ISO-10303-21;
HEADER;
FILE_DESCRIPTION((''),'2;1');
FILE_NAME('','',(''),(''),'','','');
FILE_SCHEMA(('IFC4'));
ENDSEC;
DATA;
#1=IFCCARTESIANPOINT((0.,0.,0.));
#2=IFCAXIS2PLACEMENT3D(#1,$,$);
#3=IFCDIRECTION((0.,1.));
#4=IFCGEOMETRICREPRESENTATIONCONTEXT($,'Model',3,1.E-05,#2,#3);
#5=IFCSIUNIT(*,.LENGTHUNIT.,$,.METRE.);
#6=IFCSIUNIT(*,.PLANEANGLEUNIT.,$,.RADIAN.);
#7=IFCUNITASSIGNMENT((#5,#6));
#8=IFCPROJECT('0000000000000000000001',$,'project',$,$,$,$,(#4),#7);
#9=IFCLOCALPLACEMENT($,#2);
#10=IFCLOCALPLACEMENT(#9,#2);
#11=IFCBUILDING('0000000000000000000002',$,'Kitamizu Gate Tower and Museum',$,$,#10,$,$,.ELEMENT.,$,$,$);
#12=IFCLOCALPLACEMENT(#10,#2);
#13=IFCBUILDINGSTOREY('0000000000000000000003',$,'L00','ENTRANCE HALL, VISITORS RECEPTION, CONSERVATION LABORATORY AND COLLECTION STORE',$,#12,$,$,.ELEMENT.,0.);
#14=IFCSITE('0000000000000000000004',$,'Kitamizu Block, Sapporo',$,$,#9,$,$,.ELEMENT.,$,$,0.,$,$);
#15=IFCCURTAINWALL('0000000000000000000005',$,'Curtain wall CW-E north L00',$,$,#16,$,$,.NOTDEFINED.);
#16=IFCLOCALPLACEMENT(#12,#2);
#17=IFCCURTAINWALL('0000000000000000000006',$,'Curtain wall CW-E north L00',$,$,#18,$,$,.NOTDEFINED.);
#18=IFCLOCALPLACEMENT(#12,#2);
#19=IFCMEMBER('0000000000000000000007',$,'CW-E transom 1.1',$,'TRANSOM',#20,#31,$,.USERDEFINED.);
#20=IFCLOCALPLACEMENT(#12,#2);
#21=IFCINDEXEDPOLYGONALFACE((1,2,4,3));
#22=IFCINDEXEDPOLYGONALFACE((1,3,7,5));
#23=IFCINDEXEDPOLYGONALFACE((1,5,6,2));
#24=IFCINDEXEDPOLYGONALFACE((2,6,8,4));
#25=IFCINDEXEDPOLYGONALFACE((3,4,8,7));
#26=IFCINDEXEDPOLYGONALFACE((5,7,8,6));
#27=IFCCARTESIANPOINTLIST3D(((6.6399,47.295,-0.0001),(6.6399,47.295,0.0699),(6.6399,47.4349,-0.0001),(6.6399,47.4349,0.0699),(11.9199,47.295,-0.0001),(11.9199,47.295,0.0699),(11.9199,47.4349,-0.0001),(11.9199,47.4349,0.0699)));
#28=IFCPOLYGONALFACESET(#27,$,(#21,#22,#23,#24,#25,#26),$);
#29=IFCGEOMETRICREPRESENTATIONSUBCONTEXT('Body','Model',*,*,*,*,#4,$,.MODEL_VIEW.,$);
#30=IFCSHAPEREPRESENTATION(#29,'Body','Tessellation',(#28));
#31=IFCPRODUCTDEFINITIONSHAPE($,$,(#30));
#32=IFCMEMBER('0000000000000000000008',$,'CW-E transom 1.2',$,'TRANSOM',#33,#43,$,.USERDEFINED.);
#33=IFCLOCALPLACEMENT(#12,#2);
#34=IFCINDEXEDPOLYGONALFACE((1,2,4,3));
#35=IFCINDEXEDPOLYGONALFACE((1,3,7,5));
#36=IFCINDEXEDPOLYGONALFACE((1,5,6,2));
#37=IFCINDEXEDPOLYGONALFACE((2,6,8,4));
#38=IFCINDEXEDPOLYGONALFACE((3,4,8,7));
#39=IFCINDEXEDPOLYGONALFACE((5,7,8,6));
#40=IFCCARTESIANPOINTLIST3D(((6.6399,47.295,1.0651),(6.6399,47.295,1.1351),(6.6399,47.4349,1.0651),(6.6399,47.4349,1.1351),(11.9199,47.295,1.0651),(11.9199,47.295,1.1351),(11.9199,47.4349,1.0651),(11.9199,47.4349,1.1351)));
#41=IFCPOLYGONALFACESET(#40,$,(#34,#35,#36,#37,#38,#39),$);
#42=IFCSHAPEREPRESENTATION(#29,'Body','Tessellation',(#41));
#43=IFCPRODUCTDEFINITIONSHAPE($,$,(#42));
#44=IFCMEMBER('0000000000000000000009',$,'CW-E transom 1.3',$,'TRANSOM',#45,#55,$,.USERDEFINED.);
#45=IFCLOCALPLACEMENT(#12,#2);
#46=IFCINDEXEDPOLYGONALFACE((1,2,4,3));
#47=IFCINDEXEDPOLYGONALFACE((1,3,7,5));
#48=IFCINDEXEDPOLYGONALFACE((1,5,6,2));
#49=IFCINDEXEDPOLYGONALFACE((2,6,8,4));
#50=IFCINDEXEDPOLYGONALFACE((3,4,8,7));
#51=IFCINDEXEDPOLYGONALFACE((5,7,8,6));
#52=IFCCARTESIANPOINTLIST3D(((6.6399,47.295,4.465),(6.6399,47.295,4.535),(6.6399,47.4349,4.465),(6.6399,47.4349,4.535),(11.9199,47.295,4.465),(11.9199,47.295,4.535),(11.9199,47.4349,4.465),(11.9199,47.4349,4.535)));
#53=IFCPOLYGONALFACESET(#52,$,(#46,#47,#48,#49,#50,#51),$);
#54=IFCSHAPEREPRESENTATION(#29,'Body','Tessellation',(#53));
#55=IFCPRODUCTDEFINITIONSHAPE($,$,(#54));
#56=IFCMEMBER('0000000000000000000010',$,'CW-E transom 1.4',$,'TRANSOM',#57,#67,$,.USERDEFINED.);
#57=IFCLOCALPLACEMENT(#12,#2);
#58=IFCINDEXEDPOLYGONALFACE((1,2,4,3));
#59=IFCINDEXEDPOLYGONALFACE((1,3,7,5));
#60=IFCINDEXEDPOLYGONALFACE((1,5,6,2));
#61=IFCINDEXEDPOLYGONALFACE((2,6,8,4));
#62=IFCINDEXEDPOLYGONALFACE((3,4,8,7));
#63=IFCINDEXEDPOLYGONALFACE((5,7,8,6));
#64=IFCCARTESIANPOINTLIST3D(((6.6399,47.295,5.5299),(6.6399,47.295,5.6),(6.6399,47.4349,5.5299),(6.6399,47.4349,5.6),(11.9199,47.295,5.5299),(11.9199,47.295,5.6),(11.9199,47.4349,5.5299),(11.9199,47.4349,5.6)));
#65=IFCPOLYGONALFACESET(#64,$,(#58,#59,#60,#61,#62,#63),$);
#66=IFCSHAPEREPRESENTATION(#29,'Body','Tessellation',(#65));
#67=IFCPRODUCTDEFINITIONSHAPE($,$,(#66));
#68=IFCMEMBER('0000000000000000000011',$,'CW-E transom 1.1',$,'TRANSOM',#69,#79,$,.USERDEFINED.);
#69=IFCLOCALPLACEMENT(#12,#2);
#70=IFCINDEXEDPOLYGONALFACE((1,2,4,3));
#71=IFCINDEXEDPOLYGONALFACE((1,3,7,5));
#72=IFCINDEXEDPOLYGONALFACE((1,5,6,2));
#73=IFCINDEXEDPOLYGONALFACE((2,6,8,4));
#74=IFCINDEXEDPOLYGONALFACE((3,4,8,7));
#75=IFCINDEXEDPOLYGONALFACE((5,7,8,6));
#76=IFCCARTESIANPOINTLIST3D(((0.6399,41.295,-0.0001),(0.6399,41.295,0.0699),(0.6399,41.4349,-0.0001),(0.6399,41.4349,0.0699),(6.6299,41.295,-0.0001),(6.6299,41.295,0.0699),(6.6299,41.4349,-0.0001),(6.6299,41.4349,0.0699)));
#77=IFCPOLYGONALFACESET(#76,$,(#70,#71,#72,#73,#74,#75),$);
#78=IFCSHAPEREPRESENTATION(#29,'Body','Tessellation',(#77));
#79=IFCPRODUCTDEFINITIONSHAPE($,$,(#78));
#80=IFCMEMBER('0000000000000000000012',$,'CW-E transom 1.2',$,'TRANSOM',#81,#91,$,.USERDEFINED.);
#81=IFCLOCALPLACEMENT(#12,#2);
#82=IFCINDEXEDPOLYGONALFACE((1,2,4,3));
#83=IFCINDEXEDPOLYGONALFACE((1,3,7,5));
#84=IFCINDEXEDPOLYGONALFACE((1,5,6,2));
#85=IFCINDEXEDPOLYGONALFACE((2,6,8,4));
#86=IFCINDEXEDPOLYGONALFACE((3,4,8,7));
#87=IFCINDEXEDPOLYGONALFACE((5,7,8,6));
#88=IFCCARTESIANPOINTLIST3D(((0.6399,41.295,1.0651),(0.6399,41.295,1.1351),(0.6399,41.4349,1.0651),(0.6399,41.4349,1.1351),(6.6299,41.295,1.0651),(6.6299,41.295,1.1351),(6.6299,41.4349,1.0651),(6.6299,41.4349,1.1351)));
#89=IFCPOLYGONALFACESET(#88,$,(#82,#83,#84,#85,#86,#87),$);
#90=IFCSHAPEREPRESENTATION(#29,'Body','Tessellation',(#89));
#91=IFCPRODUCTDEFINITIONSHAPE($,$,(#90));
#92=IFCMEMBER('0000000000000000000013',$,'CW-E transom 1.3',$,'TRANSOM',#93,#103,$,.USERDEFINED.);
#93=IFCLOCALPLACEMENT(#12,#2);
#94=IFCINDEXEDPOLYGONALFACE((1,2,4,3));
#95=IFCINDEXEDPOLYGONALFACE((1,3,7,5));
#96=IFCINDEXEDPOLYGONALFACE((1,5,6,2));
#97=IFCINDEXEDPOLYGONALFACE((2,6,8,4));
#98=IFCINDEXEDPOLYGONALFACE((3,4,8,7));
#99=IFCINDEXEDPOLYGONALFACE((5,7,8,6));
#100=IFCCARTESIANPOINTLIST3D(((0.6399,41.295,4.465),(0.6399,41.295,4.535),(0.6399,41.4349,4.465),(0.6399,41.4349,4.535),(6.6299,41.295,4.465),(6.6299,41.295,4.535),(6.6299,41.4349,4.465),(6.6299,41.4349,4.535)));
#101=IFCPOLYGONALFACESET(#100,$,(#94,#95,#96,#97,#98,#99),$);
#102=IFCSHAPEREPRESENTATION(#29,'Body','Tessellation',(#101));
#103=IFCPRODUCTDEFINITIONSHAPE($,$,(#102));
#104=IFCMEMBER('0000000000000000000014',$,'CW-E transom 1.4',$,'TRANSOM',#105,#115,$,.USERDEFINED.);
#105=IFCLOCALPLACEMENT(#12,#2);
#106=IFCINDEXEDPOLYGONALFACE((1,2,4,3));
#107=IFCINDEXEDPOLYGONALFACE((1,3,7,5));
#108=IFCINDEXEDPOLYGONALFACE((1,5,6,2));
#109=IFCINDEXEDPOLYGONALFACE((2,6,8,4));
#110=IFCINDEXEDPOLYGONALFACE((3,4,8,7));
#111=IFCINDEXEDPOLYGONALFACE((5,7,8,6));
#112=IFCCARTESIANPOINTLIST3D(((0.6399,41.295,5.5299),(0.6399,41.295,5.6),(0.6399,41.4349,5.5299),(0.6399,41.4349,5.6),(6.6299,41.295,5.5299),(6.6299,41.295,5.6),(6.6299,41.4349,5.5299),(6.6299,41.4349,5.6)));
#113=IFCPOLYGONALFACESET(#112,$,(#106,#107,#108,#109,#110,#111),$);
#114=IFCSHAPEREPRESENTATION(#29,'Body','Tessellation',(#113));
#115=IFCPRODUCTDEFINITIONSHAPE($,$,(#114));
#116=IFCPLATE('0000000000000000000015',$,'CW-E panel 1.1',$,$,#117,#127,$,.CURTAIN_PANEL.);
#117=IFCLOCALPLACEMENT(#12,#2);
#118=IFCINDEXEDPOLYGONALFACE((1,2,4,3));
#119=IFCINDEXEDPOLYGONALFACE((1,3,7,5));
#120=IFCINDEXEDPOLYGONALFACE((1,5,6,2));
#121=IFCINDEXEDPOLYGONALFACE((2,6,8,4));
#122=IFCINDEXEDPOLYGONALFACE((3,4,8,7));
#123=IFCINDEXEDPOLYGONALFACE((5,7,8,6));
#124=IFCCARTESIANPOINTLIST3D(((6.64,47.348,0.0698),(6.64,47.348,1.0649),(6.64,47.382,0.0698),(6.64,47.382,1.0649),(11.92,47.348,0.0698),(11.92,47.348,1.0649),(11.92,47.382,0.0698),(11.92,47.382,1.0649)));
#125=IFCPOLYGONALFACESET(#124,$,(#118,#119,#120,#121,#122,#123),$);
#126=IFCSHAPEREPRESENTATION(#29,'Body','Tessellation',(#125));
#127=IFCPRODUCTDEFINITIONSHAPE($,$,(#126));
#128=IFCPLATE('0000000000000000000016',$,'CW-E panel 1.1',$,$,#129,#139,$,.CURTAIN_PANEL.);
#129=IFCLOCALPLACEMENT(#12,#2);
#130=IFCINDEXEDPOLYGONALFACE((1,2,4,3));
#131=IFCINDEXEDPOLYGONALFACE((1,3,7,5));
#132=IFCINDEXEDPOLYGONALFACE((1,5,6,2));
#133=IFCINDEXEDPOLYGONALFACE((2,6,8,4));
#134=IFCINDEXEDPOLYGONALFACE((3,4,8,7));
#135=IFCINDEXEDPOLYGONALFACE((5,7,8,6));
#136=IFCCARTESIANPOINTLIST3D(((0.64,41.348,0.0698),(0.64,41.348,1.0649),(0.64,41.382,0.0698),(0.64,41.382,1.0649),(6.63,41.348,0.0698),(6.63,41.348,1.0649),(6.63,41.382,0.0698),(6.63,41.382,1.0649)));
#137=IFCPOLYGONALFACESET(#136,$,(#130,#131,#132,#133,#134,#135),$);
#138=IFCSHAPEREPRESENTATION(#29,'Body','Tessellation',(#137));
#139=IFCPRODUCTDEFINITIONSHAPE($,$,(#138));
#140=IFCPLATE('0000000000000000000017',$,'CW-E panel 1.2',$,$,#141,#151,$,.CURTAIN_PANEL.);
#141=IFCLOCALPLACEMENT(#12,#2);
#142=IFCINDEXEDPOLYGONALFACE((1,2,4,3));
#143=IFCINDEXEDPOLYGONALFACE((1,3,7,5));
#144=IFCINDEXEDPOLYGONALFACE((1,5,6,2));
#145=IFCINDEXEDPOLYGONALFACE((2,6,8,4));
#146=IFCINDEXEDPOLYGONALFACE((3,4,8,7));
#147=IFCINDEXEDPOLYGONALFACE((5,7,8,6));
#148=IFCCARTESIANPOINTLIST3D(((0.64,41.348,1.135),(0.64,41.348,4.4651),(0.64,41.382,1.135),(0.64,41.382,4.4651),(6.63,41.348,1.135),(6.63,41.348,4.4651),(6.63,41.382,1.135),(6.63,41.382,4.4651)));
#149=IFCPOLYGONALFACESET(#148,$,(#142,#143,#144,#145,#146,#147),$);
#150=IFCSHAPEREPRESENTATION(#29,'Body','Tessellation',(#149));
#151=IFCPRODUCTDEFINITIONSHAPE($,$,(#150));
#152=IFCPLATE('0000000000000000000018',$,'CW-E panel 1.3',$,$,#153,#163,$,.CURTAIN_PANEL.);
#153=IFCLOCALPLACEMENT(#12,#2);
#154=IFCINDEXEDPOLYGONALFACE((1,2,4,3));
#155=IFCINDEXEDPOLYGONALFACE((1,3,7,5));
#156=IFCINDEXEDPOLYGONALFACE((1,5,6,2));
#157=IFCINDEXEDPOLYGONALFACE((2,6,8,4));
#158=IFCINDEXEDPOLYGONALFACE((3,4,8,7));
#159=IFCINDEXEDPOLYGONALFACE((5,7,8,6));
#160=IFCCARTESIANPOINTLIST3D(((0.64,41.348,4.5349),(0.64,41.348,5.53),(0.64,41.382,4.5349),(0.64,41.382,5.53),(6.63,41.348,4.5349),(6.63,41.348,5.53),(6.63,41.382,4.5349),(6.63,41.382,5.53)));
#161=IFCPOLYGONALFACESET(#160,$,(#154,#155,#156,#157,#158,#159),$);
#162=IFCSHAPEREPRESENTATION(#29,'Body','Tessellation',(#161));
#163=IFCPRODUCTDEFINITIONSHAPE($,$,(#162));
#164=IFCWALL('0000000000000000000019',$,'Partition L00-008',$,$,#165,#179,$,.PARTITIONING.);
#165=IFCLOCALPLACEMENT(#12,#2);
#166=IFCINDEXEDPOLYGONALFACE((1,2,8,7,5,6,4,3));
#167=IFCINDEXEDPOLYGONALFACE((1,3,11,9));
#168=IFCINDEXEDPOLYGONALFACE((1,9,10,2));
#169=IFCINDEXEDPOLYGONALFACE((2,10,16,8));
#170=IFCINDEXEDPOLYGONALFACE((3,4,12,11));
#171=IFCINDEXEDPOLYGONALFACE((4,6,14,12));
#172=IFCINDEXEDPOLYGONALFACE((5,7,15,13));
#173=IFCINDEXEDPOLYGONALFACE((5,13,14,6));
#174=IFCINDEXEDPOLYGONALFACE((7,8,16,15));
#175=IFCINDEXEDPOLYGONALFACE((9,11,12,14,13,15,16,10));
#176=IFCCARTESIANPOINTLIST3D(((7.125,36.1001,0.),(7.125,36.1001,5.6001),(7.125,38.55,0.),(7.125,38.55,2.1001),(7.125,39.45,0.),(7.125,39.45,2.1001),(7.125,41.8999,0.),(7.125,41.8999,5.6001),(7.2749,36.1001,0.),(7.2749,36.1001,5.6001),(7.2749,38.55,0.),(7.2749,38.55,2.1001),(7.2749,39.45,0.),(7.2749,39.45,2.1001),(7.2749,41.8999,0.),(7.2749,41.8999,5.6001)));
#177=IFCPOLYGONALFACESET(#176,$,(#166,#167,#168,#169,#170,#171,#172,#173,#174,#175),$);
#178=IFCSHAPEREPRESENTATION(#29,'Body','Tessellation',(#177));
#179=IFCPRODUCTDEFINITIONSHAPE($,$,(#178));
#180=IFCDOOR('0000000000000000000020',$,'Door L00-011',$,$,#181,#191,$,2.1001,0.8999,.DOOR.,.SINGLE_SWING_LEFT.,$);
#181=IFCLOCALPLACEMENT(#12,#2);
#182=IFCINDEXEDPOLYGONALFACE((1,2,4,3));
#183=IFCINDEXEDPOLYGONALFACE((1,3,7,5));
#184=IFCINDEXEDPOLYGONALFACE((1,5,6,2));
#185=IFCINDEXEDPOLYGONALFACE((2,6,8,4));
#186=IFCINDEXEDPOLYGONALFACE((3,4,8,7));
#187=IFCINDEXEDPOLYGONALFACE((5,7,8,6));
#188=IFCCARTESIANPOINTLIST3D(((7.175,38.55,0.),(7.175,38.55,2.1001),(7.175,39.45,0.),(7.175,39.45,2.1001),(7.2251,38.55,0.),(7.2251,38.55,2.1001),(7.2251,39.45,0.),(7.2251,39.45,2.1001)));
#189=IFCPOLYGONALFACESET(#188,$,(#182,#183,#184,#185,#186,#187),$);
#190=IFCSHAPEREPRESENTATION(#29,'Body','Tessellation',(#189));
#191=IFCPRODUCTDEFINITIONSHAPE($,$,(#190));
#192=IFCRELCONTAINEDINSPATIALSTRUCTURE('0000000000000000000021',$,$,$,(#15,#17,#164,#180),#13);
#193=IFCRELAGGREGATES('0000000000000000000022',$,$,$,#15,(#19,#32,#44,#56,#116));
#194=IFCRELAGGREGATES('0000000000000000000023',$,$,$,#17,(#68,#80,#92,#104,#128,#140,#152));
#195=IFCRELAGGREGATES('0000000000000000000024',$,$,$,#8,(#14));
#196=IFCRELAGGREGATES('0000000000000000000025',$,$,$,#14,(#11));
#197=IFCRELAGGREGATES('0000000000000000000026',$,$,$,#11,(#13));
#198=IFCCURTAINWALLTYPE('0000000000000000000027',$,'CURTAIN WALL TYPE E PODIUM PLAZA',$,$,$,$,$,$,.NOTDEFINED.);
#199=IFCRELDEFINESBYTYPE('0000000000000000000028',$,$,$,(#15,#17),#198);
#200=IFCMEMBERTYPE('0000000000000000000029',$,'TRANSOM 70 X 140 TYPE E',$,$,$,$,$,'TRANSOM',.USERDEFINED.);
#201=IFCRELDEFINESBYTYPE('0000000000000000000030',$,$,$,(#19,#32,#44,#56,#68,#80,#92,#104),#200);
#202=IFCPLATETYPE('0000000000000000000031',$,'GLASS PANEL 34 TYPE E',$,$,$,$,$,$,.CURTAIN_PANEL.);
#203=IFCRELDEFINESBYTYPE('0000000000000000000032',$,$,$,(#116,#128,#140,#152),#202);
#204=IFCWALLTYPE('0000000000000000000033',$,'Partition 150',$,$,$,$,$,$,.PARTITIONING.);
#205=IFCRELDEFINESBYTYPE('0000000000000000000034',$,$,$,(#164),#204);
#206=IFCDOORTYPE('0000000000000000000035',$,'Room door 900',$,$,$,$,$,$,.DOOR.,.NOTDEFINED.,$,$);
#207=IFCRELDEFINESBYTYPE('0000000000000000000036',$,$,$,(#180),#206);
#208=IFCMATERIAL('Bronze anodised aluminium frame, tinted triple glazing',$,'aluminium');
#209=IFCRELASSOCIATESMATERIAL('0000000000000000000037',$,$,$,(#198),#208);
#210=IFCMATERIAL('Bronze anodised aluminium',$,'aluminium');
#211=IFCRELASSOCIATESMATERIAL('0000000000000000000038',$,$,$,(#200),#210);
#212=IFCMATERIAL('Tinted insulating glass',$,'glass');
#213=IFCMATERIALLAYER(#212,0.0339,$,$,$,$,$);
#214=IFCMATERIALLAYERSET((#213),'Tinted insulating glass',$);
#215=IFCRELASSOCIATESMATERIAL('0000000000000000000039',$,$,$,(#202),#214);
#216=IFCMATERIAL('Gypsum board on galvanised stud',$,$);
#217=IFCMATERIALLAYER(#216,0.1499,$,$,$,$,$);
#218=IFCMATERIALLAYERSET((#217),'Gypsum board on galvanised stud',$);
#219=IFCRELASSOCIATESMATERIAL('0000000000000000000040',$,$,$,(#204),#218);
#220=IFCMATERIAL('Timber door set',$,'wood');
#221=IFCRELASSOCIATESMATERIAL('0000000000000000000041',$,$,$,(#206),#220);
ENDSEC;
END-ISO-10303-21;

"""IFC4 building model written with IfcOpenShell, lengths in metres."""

from ifc_helpers import new_model, si_unit, direction, frame, frame_2d, origin, origin_2d, place, context, subcontext, project, spatial, rectangle, extrude, material, layer, layer_set, material_profile, profile_set, type_object, element, fill, aggregate, save


model = new_model("IFC4")

# Units and contexts
model_context = context("Model", 3, precision=1e-05, world=origin(), true_north=direction((0.0, 1.0)))
body_context = subcontext(model_context, "Body", "Model", "MODEL_VIEW")
ifc_project = project(units=[si_unit("LENGTHUNIT", "METRE"), si_unit("PLANEANGLEUNIT", "RADIAN")], contexts=[model_context])

# Site, building, storey
site_placement = place(None, origin())
site = spatial("IfcSite", under=ifc_project, at=site_placement, Name="Kitamizu Block, Sapporo", CompositionType="ELEMENT", RefElevation=0.0)
building_placement = place(site_placement, origin())
building = spatial("IfcBuilding", under=site, at=building_placement, Name="Kitamizu Gate Tower and Museum", CompositionType="ELEMENT")
storey_placement = place(building_placement, origin())
storey = spatial("IfcBuildingStorey", under=building, at=storey_placement, Name="L00", Description="ENTRANCE HALL, VISITORS RECEPTION, CONSERVATION LABORATORY AND COLLECTION STORE", CompositionType="ELEMENT", Elevation=0.0)

# Curtain wall
ifc_material_1 = material(Name="Bronze anodised aluminium frame, tinted triple glazing", Category="aluminium")
curtain_wall_type = type_object("IfcCurtainWallType", Name="CURTAIN WALL TYPE E PODIUM PLAZA", PredefinedType="NOTDEFINED", material=ifc_material_1)
curtain_wall_1_placement = place(storey_placement, origin())
curtain_wall_1 = element("IfcCurtainWall", 1, at=curtain_wall_1_placement, inside=storey, type_object=curtain_wall_type, Name="Curtain wall CW-E north L00", PredefinedType="NOTDEFINED")

# Curtain wall
curtain_wall_2_placement = place(storey_placement, origin())
curtain_wall_2 = element("IfcCurtainWall", 2, at=curtain_wall_2_placement, inside=storey, type_object=curtain_wall_type, Name="Curtain wall CW-E north L00", PredefinedType="NOTDEFINED")

# Members
ifc_material_2 = material(Name="Bronze anodised aluminium", Category="aluminium")
ifc_material_profile_1 = material_profile(ifc_material_2, rectangle(XDim=0.1399, YDim=0.0701, at=origin_2d()), Name="AL 70X140")
ifc_profile_set_1 = profile_set([ifc_material_profile_1], Name="Bronze anodised aluminium")
member_type_1 = type_object("IfcMemberType", Name="TRANSOM 70 X 140 TYPE E", ElementType="TRANSOM", PredefinedType="USERDEFINED", material=ifc_profile_set_1)
member_1_placement = place(storey_placement, frame((6.6399, 47.365, 0.0349), z_axis=(1.0, 0.0, 0.0), x_axis=(0.0, 1.0, 0.0)))
member_1 = element("IfcMember", 3, at=member_1_placement, type_object=member_type_1, Name="CW-E transom 1.1", ObjectType="TRANSOM", PredefinedType="USERDEFINED", context=body_context, shape_type="SweptSolid", body=[
    extrude(rectangle(XDim=0.1399, YDim=0.0701, at=origin_2d()), origin(), (0.0, 0.0, 1.0), 5.28),
])
member_2_placement = place(storey_placement, frame((6.6399, 47.365, 1.1001), z_axis=(1.0, 0.0, 0.0), x_axis=(0.0, 1.0, 0.0)))
member_2 = element("IfcMember", 4, at=member_2_placement, type_object=member_type_1, Name="CW-E transom 1.2", ObjectType="TRANSOM", PredefinedType="USERDEFINED", context=body_context, shape_type="SweptSolid", body=[
    extrude(rectangle(XDim=0.1399, YDim=0.0701, at=origin_2d()), origin(), (0.0, 0.0, 1.0), 5.28),
])
member_3_placement = place(storey_placement, frame((6.6399, 47.365, 4.5), z_axis=(1.0, 0.0, 0.0), x_axis=(0.0, 1.0, 0.0)))
member_3 = element("IfcMember", 5, at=member_3_placement, type_object=member_type_1, Name="CW-E transom 1.3", ObjectType="TRANSOM", PredefinedType="USERDEFINED", context=body_context, shape_type="SweptSolid", body=[
    extrude(rectangle(XDim=0.1399, YDim=0.0701, at=origin_2d()), origin(), (0.0, 0.0, 1.0), 5.28),
])
member_4_placement = place(storey_placement, frame((6.6399, 47.365, 5.5649), z_axis=(1.0, 0.0, 0.0), x_axis=(0.0, 1.0, 0.0)))
member_4 = element("IfcMember", 6, at=member_4_placement, type_object=member_type_1, Name="CW-E transom 1.4", ObjectType="TRANSOM", PredefinedType="USERDEFINED", context=body_context, shape_type="SweptSolid", body=[
    extrude(rectangle(XDim=0.1399, YDim=0.0701, at=origin_2d()), origin(), (0.0, 0.0, 1.0), 5.28),
])
member_5_placement = place(storey_placement, frame((0.6399, 41.365, 0.0349), z_axis=(1.0, 0.0, 0.0), x_axis=(0.0, 1.0, 0.0)))
member_5 = element("IfcMember", 7, at=member_5_placement, type_object=member_type_1, Name="CW-E transom 1.1", ObjectType="TRANSOM", PredefinedType="USERDEFINED", context=body_context, shape_type="SweptSolid", body=[
    extrude(rectangle(XDim=0.1399, YDim=0.0701, at=origin_2d()), origin(), (0.0, 0.0, 1.0), 5.99),
])
member_6_placement = place(storey_placement, frame((0.6399, 41.365, 1.1001), z_axis=(1.0, 0.0, 0.0), x_axis=(0.0, 1.0, 0.0)))
member_6 = element("IfcMember", 8, at=member_6_placement, type_object=member_type_1, Name="CW-E transom 1.2", ObjectType="TRANSOM", PredefinedType="USERDEFINED", context=body_context, shape_type="SweptSolid", body=[
    extrude(rectangle(XDim=0.1399, YDim=0.0701, at=origin_2d()), origin(), (0.0, 0.0, 1.0), 5.99),
])
member_7_placement = place(storey_placement, frame((0.6399, 41.365, 4.5), z_axis=(1.0, 0.0, 0.0), x_axis=(0.0, 1.0, 0.0)))
member_7 = element("IfcMember", 9, at=member_7_placement, type_object=member_type_1, Name="CW-E transom 1.3", ObjectType="TRANSOM", PredefinedType="USERDEFINED", context=body_context, shape_type="SweptSolid", body=[
    extrude(rectangle(XDim=0.1399, YDim=0.0701, at=origin_2d()), origin(), (0.0, 0.0, 1.0), 5.99),
])
member_8_placement = place(storey_placement, frame((0.6399, 41.365, 5.5649), z_axis=(1.0, 0.0, 0.0), x_axis=(0.0, 1.0, 0.0)))
member_8 = element("IfcMember", 10, at=member_8_placement, type_object=member_type_1, Name="CW-E transom 1.4", ObjectType="TRANSOM", PredefinedType="USERDEFINED", context=body_context, shape_type="SweptSolid", body=[
    extrude(rectangle(XDim=0.1399, YDim=0.0701, at=origin_2d()), origin(), (0.0, 0.0, 1.0), 5.99),
])

# Plates
ifc_material_3 = material(Name="Tinted insulating glass", Category="glass")
ifc_layer_1 = layer(ifc_material_3, 0.0339)
ifc_layer_set_1 = layer_set([ifc_layer_1], Name="Tinted insulating glass")
plate_type = type_object("IfcPlateType", Name="GLASS PANEL 34 TYPE E", PredefinedType="CURTAIN_PANEL", material=ifc_layer_set_1)
plate_1_placement = place(storey_placement, frame((9.28, 47.365, 0.0698), z_axis=(0.0, 0.0, 1.0), x_axis=(1.0, 0.0, 0.0)))
plate_1 = element("IfcPlate", 11, at=plate_1_placement, type_object=plate_type, Name="CW-E panel 1.1", PredefinedType="CURTAIN_PANEL", context=body_context, shape_type="SweptSolid", body=[
    extrude(rectangle(XDim=5.28, YDim=0.0339, at=origin_2d()), origin(), (0.0, 0.0, 1.0), 0.9951),
])
aggregate(curtain_wall_1, [member_1, member_2, member_3, member_4, plate_1])
plate_2_placement = place(storey_placement, frame((3.635, 41.365, 0.0698), z_axis=(0.0, 0.0, 1.0), x_axis=(1.0, 0.0, 0.0)))
plate_2 = element("IfcPlate", 12, at=plate_2_placement, type_object=plate_type, Name="CW-E panel 1.1", PredefinedType="CURTAIN_PANEL", context=body_context, shape_type="SweptSolid", body=[
    extrude(rectangle(XDim=5.99, YDim=0.0339, at=origin_2d()), origin(), (0.0, 0.0, 1.0), 0.9951),
])
plate_3_placement = place(storey_placement, frame((3.635, 41.365, 1.135), z_axis=(0.0, 0.0, 1.0), x_axis=(1.0, 0.0, 0.0)))
plate_3 = element("IfcPlate", 13, at=plate_3_placement, type_object=plate_type, Name="CW-E panel 1.2", PredefinedType="CURTAIN_PANEL", context=body_context, shape_type="SweptSolid", body=[
    extrude(rectangle(XDim=5.99, YDim=0.0339, at=origin_2d()), origin(), (0.0, 0.0, 1.0), 3.3301),
])
plate_4_placement = place(storey_placement, frame((3.635, 41.365, 4.5349), z_axis=(0.0, 0.0, 1.0), x_axis=(1.0, 0.0, 0.0)))
plate_4 = element("IfcPlate", 14, at=plate_4_placement, type_object=plate_type, Name="CW-E panel 1.3", PredefinedType="CURTAIN_PANEL", context=body_context, shape_type="SweptSolid", body=[
    extrude(rectangle(XDim=5.99, YDim=0.0339, at=origin_2d()), origin(), (0.0, 0.0, 1.0), 0.9951),
])
aggregate(curtain_wall_2, [member_5, member_6, member_7, member_8, plate_2, plate_3, plate_4])

# Wall, opening, door
ifc_material_4 = material(Name="Gypsum board on galvanised stud")
ifc_layer_2 = layer(ifc_material_4, 0.1499)
ifc_layer_set_2 = layer_set([ifc_layer_2], Name="Gypsum board on galvanised stud")
wall_type_1 = type_object("IfcWallType", Name="Partition 150", PredefinedType="PARTITIONING", material=ifc_layer_set_2)
wall_1_placement = place(storey_placement, frame((7.2, 41.8999, 0.0), z_axis=(0.0, 0.0, 1.0), x_axis=(0.0, -1.0, 0.0)))
wall_1 = element("IfcWall", 15, at=wall_1_placement, inside=storey, type_object=wall_type_1, Name="Partition L00-008", PredefinedType="PARTITIONING", context=body_context, shape_type="SweptSolid", body=[
    extrude(rectangle(XDim=5.7998, YDim=0.1499, at=frame_2d((2.8999, 0.0))), origin(), (0.0, 0.0, 1.0), 5.6001),
])
opening_1_placement = place(wall_1_placement, frame((2.45, 0.0, 0.0)))
opening_1 = element("IfcOpeningElement", 16, at=opening_1_placement, cuts=wall_1, PredefinedType="OPENING", context=body_context, shape_type="SweptSolid", body=[
    extrude(rectangle(XDim=0.8999, YDim=2.1001, at=frame_2d((0.45, 1.05))), frame((0.0, 0.085, 0.0), z_axis=(0.0, -1.0, 0.0), x_axis=(1.0, 0.0, 0.0)), (0.0, 0.0, 1.0), 0.1699),
])
ifc_material_5 = material(Name="Timber door set", Category="wood")
door_type = type_object("IfcDoorType", Name="Room door 900", OperationType="NOTDEFINED", PredefinedType="DOOR", material=ifc_material_5)
door_placement = place(opening_1_placement, frame((0.8999, 0.0, 0.0), x_axis=(-1.0, 0.0, 0.0)))
door = element("IfcDoor", 17, at=door_placement, inside=storey, type_object=door_type, Name="Door L00-011", OperationType="SINGLE_SWING_LEFT", OverallHeight=2.1001, OverallWidth=0.8999, PredefinedType="DOOR", context=body_context, shape_type="SweptSolid", body=[
    extrude(rectangle(XDim=0.8999, YDim=2.1001, at=frame_2d((0.45, 1.05))), frame((0.0, 0.0249, 0.0), z_axis=(0.0, -1.0, 0.0), x_axis=(1.0, 0.0, 0.0)), (0.0, 0.0, 1.0), 0.05),
])
fill(opening_1, door)

save(model, "model.ifc")
